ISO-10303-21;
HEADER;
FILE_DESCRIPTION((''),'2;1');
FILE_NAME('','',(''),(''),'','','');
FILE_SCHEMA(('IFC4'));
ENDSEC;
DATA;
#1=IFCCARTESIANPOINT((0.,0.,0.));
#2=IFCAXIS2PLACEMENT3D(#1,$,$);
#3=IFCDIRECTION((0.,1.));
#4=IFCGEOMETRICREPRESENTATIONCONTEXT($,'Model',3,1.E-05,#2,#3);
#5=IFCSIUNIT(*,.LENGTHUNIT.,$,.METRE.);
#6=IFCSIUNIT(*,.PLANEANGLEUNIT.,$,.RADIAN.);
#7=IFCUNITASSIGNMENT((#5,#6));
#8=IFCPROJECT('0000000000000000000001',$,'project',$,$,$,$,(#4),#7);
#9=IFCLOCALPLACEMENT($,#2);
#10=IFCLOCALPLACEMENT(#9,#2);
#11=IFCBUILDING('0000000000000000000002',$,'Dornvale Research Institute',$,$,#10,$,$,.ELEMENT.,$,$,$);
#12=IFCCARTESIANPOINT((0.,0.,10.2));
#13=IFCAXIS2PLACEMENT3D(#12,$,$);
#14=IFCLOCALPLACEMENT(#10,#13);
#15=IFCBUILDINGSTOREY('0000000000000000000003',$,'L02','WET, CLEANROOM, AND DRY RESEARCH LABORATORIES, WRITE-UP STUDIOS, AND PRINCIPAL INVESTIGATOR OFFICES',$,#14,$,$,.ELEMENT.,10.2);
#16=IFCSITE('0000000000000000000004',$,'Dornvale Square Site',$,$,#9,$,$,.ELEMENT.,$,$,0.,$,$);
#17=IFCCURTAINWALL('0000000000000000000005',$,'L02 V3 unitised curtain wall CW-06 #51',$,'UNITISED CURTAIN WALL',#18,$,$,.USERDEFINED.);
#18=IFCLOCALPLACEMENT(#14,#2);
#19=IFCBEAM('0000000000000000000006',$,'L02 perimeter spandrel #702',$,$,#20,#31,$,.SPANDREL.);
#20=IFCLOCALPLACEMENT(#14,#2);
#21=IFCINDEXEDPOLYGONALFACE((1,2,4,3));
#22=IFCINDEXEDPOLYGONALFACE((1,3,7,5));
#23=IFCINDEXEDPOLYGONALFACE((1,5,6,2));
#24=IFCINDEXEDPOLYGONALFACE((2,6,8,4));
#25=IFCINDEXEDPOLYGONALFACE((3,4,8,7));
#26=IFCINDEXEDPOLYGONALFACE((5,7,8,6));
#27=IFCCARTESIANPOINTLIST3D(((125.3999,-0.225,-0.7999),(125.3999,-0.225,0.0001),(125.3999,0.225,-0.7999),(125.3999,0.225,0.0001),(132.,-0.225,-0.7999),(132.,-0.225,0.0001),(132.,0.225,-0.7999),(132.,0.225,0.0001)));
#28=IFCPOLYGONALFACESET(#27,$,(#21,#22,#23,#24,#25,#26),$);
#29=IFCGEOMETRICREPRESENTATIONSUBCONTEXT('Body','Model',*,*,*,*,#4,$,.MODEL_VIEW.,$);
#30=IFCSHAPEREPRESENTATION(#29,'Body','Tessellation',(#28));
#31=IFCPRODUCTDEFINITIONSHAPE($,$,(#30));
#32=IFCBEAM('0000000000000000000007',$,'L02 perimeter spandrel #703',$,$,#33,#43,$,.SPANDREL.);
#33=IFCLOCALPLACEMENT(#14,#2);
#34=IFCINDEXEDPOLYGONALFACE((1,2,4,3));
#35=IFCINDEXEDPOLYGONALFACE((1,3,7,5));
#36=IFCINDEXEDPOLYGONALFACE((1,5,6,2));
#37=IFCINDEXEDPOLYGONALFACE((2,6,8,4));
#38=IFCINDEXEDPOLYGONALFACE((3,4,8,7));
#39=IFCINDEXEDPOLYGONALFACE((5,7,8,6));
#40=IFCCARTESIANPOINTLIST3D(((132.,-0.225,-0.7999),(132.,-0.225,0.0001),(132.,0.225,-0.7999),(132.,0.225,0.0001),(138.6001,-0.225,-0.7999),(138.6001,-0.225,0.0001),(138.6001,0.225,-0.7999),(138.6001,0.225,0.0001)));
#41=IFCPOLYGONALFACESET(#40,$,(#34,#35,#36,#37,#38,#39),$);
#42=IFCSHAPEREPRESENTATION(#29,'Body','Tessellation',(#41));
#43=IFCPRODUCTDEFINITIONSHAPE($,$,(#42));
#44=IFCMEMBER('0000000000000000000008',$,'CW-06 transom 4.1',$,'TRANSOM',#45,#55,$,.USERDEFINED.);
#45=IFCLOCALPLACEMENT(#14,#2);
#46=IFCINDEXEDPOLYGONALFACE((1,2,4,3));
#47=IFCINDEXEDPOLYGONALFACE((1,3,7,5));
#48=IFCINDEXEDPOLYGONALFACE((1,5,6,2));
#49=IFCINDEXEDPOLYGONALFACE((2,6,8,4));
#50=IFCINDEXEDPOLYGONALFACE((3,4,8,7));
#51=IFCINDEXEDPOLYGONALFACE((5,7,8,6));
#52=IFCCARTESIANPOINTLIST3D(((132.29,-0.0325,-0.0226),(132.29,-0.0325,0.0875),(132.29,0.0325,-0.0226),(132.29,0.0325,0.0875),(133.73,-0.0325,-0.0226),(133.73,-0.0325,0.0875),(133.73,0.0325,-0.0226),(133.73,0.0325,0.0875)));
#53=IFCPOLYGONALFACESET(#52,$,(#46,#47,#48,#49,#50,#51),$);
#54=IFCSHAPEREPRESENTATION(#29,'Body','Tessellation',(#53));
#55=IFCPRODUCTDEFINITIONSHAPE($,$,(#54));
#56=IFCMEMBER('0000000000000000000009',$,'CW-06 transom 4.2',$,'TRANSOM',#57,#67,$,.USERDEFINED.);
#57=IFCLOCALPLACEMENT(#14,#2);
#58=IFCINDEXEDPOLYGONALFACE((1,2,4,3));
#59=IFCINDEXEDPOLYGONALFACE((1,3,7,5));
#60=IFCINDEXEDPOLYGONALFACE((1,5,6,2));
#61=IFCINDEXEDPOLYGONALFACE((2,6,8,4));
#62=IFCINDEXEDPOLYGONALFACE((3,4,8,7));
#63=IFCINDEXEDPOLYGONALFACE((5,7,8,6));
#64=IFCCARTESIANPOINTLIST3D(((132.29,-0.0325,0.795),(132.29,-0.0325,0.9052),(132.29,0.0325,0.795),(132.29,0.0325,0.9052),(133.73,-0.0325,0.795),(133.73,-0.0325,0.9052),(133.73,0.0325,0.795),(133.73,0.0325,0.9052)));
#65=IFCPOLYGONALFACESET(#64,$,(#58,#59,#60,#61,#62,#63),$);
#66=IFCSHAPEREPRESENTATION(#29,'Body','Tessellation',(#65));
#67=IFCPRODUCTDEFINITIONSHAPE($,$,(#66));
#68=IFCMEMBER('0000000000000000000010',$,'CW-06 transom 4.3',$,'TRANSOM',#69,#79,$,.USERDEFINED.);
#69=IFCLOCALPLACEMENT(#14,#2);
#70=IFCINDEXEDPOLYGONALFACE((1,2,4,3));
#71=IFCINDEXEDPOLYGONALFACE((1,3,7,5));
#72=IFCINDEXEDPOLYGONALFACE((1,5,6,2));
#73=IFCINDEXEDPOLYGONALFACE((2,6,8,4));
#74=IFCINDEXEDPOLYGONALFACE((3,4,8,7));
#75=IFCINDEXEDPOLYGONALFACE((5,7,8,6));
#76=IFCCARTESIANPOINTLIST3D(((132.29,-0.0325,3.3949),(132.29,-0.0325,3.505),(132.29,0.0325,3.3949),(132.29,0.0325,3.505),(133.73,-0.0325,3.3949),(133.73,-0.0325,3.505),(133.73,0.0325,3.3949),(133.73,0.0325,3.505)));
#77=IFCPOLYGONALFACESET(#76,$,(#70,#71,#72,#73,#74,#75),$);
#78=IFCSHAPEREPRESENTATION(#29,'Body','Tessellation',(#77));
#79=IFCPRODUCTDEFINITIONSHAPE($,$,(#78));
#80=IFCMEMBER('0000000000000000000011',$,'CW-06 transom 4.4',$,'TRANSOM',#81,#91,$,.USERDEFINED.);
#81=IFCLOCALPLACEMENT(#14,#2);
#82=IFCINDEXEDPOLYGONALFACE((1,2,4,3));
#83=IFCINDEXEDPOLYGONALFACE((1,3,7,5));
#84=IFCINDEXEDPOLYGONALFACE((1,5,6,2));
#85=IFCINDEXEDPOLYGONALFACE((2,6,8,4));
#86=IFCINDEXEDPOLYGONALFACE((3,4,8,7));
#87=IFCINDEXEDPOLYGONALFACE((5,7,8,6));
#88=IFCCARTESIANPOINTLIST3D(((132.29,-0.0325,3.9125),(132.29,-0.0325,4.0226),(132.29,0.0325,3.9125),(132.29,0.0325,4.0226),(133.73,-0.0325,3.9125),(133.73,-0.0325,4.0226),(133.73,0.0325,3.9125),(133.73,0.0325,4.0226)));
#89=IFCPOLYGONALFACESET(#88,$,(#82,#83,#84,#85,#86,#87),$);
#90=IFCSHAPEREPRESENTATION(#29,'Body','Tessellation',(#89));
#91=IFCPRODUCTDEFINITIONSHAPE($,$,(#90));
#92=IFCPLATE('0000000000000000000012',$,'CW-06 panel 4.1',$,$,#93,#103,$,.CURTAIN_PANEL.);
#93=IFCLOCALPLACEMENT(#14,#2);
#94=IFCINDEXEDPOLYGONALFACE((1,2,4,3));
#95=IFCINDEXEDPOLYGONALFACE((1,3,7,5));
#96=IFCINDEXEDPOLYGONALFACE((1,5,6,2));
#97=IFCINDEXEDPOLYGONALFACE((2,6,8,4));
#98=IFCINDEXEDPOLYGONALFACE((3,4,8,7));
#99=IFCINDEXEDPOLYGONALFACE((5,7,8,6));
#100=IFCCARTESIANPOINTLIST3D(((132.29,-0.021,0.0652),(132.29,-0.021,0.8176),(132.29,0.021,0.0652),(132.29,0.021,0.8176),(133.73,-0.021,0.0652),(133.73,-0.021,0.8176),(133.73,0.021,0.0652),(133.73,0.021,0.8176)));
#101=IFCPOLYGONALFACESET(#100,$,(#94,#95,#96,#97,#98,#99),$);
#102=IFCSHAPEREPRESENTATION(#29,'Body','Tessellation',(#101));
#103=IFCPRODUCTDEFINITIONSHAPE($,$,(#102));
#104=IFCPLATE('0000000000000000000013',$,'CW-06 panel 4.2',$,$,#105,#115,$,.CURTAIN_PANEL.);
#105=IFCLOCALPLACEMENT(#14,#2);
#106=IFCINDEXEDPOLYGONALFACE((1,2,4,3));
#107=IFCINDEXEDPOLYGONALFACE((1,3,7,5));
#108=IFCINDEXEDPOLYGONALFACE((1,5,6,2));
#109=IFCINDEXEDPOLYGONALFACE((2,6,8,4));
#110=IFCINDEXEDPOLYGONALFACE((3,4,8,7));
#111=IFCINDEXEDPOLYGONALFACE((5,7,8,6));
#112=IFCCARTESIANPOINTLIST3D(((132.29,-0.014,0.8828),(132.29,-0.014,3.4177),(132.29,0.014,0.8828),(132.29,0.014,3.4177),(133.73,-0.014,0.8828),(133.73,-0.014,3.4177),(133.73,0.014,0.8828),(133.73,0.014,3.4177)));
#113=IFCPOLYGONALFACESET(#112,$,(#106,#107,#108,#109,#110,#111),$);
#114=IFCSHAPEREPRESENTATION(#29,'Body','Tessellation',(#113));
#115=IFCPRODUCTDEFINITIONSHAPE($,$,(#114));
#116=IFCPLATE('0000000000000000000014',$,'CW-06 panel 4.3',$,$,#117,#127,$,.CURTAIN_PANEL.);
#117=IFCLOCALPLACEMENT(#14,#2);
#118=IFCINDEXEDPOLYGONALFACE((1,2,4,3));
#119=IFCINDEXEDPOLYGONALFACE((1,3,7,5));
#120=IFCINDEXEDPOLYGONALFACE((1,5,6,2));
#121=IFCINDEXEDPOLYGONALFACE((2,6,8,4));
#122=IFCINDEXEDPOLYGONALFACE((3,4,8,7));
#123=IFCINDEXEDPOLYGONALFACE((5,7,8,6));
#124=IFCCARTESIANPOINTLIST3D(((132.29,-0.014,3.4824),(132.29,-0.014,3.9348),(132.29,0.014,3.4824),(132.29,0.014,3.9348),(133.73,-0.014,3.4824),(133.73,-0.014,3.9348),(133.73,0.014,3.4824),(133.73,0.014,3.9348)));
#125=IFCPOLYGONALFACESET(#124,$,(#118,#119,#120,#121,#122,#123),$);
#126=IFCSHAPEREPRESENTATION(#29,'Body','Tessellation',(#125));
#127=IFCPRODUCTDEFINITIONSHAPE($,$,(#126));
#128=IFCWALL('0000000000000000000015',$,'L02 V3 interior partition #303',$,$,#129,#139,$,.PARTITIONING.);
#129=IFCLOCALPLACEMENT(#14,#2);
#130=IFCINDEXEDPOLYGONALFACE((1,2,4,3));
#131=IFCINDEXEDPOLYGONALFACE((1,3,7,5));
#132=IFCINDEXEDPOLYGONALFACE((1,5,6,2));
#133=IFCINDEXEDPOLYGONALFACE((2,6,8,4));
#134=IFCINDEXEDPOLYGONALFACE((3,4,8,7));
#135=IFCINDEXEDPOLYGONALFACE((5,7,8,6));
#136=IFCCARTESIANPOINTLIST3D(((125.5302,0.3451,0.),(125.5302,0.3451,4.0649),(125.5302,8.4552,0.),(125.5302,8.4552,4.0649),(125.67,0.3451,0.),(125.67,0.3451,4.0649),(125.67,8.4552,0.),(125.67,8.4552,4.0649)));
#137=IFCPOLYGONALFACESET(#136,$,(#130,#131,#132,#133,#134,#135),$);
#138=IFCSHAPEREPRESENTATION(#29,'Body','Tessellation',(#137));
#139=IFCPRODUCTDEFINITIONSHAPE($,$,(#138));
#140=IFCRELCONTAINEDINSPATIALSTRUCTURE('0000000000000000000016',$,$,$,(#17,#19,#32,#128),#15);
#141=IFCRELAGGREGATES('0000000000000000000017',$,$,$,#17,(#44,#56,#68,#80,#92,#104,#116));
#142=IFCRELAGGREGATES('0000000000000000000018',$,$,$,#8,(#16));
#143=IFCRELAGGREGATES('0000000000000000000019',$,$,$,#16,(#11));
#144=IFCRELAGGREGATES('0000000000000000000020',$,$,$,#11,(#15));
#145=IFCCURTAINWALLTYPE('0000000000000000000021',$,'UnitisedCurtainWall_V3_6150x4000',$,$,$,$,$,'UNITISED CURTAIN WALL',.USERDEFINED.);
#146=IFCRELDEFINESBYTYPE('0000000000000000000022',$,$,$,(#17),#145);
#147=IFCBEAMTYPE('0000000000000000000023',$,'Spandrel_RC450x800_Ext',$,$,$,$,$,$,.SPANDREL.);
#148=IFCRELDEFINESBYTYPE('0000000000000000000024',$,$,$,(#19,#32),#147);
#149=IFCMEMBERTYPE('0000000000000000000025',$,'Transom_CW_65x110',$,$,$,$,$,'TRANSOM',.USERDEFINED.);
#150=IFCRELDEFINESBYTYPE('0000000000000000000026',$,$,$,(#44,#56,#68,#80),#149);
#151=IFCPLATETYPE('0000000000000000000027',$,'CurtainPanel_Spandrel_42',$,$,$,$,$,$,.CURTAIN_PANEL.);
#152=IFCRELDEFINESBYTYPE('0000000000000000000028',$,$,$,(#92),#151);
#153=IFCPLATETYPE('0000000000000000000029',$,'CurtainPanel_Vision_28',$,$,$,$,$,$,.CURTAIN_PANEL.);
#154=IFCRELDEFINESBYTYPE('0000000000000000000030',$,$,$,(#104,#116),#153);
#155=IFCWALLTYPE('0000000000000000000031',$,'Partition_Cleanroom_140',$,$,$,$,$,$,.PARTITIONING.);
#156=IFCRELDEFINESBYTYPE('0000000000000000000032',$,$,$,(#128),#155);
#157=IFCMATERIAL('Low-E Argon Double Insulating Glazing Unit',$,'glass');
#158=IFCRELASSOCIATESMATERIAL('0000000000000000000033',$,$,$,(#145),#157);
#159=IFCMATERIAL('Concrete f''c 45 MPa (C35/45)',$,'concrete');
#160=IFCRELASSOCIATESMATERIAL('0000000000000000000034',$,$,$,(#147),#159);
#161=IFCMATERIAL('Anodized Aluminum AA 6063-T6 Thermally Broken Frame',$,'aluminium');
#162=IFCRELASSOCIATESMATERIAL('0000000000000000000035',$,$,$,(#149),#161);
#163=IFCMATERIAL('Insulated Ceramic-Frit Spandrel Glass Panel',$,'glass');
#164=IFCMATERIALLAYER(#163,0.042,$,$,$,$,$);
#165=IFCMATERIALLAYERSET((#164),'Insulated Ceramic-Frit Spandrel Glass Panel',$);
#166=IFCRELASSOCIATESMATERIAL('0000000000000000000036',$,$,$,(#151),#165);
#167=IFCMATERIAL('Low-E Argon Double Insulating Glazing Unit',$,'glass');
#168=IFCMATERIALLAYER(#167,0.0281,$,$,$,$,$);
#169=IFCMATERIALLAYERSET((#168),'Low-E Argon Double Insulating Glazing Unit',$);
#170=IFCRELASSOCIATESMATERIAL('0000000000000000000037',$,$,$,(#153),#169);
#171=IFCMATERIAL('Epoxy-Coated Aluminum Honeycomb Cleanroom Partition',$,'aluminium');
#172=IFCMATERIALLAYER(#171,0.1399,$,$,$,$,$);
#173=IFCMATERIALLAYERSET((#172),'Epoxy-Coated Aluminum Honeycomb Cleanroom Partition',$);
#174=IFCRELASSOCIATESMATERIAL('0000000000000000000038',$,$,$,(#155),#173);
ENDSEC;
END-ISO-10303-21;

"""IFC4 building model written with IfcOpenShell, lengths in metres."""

from ifc_helpers import new_model, si_unit, direction, frame, frame_2d, origin, origin_2d, place, context, subcontext, project, spatial, rectangle, extrude, material, layer, layer_set, material_profile, profile_set, type_object, element, aggregate, save


model = new_model("IFC4")

# Units and contexts
model_context = context("Model", 3, precision=1e-05, world=origin(), true_north=direction((0.0, 1.0)))
body_context = subcontext(model_context, "Body", "Model", "MODEL_VIEW")
ifc_project = project(units=[si_unit("LENGTHUNIT", "METRE"), si_unit("PLANEANGLEUNIT", "RADIAN")], contexts=[model_context])

# Site, building, storey
site_placement = place(None, origin())
site = spatial("IfcSite", under=ifc_project, at=site_placement, Name="Dornvale Square Site", CompositionType="ELEMENT", RefElevation=0.0)
building_placement = place(site_placement, origin())
building = spatial("IfcBuilding", under=site, at=building_placement, Name="Dornvale Research Institute", CompositionType="ELEMENT")
storey_placement = place(building_placement, frame((0.0, 0.0, 10.2)))
storey = spatial("IfcBuildingStorey", under=building, at=storey_placement, Name="L02", Description="WET, CLEANROOM, AND DRY RESEARCH LABORATORIES, WRITE-UP STUDIOS, AND PRINCIPAL INVESTIGATOR OFFICES", CompositionType="ELEMENT", Elevation=10.2)

# Curtain wall
ifc_material_1 = material(Name="Low-E Argon Double Insulating Glazing Unit", Category="glass")
curtain_wall_type = type_object("IfcCurtainWallType", Name="UnitisedCurtainWall_V3_6150x4000", ElementType="UNITISED CURTAIN WALL", PredefinedType="USERDEFINED", material=ifc_material_1)
curtain_wall_1_placement = place(storey_placement, origin())
curtain_wall_1 = element("IfcCurtainWall", 1, at=curtain_wall_1_placement, inside=storey, type_object=curtain_wall_type, Name="L02 V3 unitised curtain wall CW-06 #51", ObjectType="UNITISED CURTAIN WALL", PredefinedType="USERDEFINED")

# Beams
ifc_material_2 = material(Name="Concrete f'c 45 MPa (C35/45)", Category="concrete")
ifc_material_profile_1 = material_profile(ifc_material_2, rectangle(XDim=0.45, YDim=0.8, at=origin_2d()), Name="RC 450x800")
ifc_profile_set_1 = profile_set([ifc_material_profile_1], Name="Concrete f'c 45 MPa (C35/45)")
beam_type_1 = type_object("IfcBeamType", Name="Spandrel_RC450x800_Ext", PredefinedType="SPANDREL", material=ifc_profile_set_1)
for number, where, z_axis, x_axis, name in (
    (2, (125.3999, 0.0, -0.3999), (1.0, 0.0, 0.0), (0.0, 1.0, 0.0), "L02 perimeter spandrel #702"),
    (3, (132.0, 0.0, -0.3999), (1.0, 0.0, 0.0), (0.0, 1.0, 0.0), "L02 perimeter spandrel #703"),
):
    element("IfcBeam", number, at=place(storey_placement, frame(where, z_axis=z_axis, x_axis=x_axis)), inside=storey, type_object=beam_type_1, Name=name, PredefinedType="SPANDREL", context=body_context, shape_type="SweptSolid", body=[
        extrude(rectangle(XDim=0.45, YDim=0.8, at=origin_2d()), origin(), (0.0, 0.0, 1.0), 6.6001),
    ])

# Members
ifc_material_3 = material(Name="Anodized Aluminum AA 6063-T6 Thermally Broken Frame", Category="aluminium")
ifc_material_profile_2 = material_profile(ifc_material_3, rectangle(XDim=0.0649, YDim=0.1101, at=origin_2d()), Name="ALU TRANSOM 65x110")
ifc_profile_set_2 = profile_set([ifc_material_profile_2], Name="Anodized Aluminum AA 6063-T6 Thermally Broken Frame")
member_type_1 = type_object("IfcMemberType", Name="Transom_CW_65x110", ElementType="TRANSOM", PredefinedType="USERDEFINED", material=ifc_profile_set_2)
member_1_placement = place(storey_placement, frame((133.73, 0.0, 0.0325), z_axis=(-1.0, 0.0, 0.0), x_axis=(0.0, -1.0, 0.0)))
member_1 = element("IfcMember", 4, at=member_1_placement, type_object=member_type_1, Name="CW-06 transom 4.1", ObjectType="TRANSOM", PredefinedType="USERDEFINED", context=body_context, shape_type="SweptSolid", body=[
    extrude(rectangle(XDim=0.0649, YDim=0.1101, at=origin_2d()), origin(), (0.0, 0.0, 1.0), 1.4399),
])
member_2_placement = place(storey_placement, frame((133.73, 0.0, 0.8501), z_axis=(-1.0, 0.0, 0.0), x_axis=(0.0, -1.0, 0.0)))
member_2 = element("IfcMember", 5, at=member_2_placement, type_object=member_type_1, Name="CW-06 transom 4.2", ObjectType="TRANSOM", PredefinedType="USERDEFINED", context=body_context, shape_type="SweptSolid", body=[
    extrude(rectangle(XDim=0.0649, YDim=0.1101, at=origin_2d()), origin(), (0.0, 0.0, 1.0), 1.4399),
])
member_3_placement = place(storey_placement, frame((133.73, 0.0, 3.45), z_axis=(-1.0, 0.0, 0.0), x_axis=(0.0, -1.0, 0.0)))
member_3 = element("IfcMember", 6, at=member_3_placement, type_object=member_type_1, Name="CW-06 transom 4.3", ObjectType="TRANSOM", PredefinedType="USERDEFINED", context=body_context, shape_type="SweptSolid", body=[
    extrude(rectangle(XDim=0.0649, YDim=0.1101, at=origin_2d()), origin(), (0.0, 0.0, 1.0), 1.4399),
])
member_4_placement = place(storey_placement, frame((133.73, 0.0, 3.9675), z_axis=(-1.0, 0.0, 0.0), x_axis=(0.0, -1.0, 0.0)))
member_4 = element("IfcMember", 7, at=member_4_placement, type_object=member_type_1, Name="CW-06 transom 4.4", ObjectType="TRANSOM", PredefinedType="USERDEFINED", context=body_context, shape_type="SweptSolid", body=[
    extrude(rectangle(XDim=0.0649, YDim=0.1101, at=origin_2d()), origin(), (0.0, 0.0, 1.0), 1.4399),
])

# Plates
ifc_material_4 = material(Name="Insulated Ceramic-Frit Spandrel Glass Panel", Category="glass")
ifc_layer_1 = layer(ifc_material_4, 0.042)
ifc_layer_set_1 = layer_set([ifc_layer_1], Name="Insulated Ceramic-Frit Spandrel Glass Panel")
plate_type_1 = type_object("IfcPlateType", Name="CurtainPanel_Spandrel_42", PredefinedType="CURTAIN_PANEL", material=ifc_layer_set_1)
plate_1_placement = place(storey_placement, frame((133.01, 0.0, 0.0652), z_axis=(0.0, 0.0, 1.0), x_axis=(-1.0, 0.0, 0.0)))
plate_1 = element("IfcPlate", 8, at=plate_1_placement, type_object=plate_type_1, Name="CW-06 panel 4.1", PredefinedType="CURTAIN_PANEL", context=body_context, shape_type="SweptSolid", body=[
    extrude(rectangle(XDim=1.4399, YDim=0.042, at=origin_2d()), origin(), (0.0, 0.0, 1.0), 0.7524),
])
ifc_material_5 = material(Name="Low-E Argon Double Insulating Glazing Unit", Category="glass")
ifc_layer_2 = layer(ifc_material_5, 0.0281)
ifc_layer_set_2 = layer_set([ifc_layer_2], Name="Low-E Argon Double Insulating Glazing Unit")
plate_type_2 = type_object("IfcPlateType", Name="CurtainPanel_Vision_28", PredefinedType="CURTAIN_PANEL", material=ifc_layer_set_2)
plate_2_placement = place(storey_placement, frame((133.01, 0.0, 0.8828), z_axis=(0.0, 0.0, 1.0), x_axis=(-1.0, 0.0, 0.0)))
plate_2 = element("IfcPlate", 9, at=plate_2_placement, type_object=plate_type_2, Name="CW-06 panel 4.2", PredefinedType="CURTAIN_PANEL", context=body_context, shape_type="SweptSolid", body=[
    extrude(rectangle(XDim=1.4399, YDim=0.0281, at=origin_2d()), origin(), (0.0, 0.0, 1.0), 2.5349),
])
plate_3_placement = place(storey_placement, frame((133.01, 0.0, 3.4824), z_axis=(0.0, 0.0, 1.0), x_axis=(-1.0, 0.0, 0.0)))
plate_3 = element("IfcPlate", 10, at=plate_3_placement, type_object=plate_type_2, Name="CW-06 panel 4.3", PredefinedType="CURTAIN_PANEL", context=body_context, shape_type="SweptSolid", body=[
    extrude(rectangle(XDim=1.4399, YDim=0.0281, at=origin_2d()), origin(), (0.0, 0.0, 1.0), 0.4524),
])
aggregate(curtain_wall_1, [member_1, member_2, member_3, member_4, plate_1, plate_2, plate_3])

# Wall
ifc_material_6 = material(Name="Epoxy-Coated Aluminum Honeycomb Cleanroom Partition", Category="aluminium")
ifc_layer_3 = layer(ifc_material_6, 0.1399)
ifc_layer_set_3 = layer_set([ifc_layer_3], Name="Epoxy-Coated Aluminum Honeycomb Cleanroom Partition")
wall_type_1 = type_object("IfcWallType", Name="Partition_Cleanroom_140", PredefinedType="PARTITIONING", material=ifc_layer_set_3)
wall_1_placement = place(storey_placement, frame((125.6001, 0.345, 0.0), z_axis=(0.0, 0.0, 1.0), x_axis=(0.0, 1.0, 0.0)))
element("IfcWall", 11, at=wall_1_placement, inside=storey, type_object=wall_type_1, Name="L02 V3 interior partition #303", PredefinedType="PARTITIONING", context=body_context, shape_type="SweptSolid", body=[
    extrude(rectangle(XDim=8.1101, YDim=0.1399, at=frame_2d((4.0552, 0.0))), origin(), (0.0, 0.0, 1.0), 4.0649),
])

save(model, "model.ifc")
